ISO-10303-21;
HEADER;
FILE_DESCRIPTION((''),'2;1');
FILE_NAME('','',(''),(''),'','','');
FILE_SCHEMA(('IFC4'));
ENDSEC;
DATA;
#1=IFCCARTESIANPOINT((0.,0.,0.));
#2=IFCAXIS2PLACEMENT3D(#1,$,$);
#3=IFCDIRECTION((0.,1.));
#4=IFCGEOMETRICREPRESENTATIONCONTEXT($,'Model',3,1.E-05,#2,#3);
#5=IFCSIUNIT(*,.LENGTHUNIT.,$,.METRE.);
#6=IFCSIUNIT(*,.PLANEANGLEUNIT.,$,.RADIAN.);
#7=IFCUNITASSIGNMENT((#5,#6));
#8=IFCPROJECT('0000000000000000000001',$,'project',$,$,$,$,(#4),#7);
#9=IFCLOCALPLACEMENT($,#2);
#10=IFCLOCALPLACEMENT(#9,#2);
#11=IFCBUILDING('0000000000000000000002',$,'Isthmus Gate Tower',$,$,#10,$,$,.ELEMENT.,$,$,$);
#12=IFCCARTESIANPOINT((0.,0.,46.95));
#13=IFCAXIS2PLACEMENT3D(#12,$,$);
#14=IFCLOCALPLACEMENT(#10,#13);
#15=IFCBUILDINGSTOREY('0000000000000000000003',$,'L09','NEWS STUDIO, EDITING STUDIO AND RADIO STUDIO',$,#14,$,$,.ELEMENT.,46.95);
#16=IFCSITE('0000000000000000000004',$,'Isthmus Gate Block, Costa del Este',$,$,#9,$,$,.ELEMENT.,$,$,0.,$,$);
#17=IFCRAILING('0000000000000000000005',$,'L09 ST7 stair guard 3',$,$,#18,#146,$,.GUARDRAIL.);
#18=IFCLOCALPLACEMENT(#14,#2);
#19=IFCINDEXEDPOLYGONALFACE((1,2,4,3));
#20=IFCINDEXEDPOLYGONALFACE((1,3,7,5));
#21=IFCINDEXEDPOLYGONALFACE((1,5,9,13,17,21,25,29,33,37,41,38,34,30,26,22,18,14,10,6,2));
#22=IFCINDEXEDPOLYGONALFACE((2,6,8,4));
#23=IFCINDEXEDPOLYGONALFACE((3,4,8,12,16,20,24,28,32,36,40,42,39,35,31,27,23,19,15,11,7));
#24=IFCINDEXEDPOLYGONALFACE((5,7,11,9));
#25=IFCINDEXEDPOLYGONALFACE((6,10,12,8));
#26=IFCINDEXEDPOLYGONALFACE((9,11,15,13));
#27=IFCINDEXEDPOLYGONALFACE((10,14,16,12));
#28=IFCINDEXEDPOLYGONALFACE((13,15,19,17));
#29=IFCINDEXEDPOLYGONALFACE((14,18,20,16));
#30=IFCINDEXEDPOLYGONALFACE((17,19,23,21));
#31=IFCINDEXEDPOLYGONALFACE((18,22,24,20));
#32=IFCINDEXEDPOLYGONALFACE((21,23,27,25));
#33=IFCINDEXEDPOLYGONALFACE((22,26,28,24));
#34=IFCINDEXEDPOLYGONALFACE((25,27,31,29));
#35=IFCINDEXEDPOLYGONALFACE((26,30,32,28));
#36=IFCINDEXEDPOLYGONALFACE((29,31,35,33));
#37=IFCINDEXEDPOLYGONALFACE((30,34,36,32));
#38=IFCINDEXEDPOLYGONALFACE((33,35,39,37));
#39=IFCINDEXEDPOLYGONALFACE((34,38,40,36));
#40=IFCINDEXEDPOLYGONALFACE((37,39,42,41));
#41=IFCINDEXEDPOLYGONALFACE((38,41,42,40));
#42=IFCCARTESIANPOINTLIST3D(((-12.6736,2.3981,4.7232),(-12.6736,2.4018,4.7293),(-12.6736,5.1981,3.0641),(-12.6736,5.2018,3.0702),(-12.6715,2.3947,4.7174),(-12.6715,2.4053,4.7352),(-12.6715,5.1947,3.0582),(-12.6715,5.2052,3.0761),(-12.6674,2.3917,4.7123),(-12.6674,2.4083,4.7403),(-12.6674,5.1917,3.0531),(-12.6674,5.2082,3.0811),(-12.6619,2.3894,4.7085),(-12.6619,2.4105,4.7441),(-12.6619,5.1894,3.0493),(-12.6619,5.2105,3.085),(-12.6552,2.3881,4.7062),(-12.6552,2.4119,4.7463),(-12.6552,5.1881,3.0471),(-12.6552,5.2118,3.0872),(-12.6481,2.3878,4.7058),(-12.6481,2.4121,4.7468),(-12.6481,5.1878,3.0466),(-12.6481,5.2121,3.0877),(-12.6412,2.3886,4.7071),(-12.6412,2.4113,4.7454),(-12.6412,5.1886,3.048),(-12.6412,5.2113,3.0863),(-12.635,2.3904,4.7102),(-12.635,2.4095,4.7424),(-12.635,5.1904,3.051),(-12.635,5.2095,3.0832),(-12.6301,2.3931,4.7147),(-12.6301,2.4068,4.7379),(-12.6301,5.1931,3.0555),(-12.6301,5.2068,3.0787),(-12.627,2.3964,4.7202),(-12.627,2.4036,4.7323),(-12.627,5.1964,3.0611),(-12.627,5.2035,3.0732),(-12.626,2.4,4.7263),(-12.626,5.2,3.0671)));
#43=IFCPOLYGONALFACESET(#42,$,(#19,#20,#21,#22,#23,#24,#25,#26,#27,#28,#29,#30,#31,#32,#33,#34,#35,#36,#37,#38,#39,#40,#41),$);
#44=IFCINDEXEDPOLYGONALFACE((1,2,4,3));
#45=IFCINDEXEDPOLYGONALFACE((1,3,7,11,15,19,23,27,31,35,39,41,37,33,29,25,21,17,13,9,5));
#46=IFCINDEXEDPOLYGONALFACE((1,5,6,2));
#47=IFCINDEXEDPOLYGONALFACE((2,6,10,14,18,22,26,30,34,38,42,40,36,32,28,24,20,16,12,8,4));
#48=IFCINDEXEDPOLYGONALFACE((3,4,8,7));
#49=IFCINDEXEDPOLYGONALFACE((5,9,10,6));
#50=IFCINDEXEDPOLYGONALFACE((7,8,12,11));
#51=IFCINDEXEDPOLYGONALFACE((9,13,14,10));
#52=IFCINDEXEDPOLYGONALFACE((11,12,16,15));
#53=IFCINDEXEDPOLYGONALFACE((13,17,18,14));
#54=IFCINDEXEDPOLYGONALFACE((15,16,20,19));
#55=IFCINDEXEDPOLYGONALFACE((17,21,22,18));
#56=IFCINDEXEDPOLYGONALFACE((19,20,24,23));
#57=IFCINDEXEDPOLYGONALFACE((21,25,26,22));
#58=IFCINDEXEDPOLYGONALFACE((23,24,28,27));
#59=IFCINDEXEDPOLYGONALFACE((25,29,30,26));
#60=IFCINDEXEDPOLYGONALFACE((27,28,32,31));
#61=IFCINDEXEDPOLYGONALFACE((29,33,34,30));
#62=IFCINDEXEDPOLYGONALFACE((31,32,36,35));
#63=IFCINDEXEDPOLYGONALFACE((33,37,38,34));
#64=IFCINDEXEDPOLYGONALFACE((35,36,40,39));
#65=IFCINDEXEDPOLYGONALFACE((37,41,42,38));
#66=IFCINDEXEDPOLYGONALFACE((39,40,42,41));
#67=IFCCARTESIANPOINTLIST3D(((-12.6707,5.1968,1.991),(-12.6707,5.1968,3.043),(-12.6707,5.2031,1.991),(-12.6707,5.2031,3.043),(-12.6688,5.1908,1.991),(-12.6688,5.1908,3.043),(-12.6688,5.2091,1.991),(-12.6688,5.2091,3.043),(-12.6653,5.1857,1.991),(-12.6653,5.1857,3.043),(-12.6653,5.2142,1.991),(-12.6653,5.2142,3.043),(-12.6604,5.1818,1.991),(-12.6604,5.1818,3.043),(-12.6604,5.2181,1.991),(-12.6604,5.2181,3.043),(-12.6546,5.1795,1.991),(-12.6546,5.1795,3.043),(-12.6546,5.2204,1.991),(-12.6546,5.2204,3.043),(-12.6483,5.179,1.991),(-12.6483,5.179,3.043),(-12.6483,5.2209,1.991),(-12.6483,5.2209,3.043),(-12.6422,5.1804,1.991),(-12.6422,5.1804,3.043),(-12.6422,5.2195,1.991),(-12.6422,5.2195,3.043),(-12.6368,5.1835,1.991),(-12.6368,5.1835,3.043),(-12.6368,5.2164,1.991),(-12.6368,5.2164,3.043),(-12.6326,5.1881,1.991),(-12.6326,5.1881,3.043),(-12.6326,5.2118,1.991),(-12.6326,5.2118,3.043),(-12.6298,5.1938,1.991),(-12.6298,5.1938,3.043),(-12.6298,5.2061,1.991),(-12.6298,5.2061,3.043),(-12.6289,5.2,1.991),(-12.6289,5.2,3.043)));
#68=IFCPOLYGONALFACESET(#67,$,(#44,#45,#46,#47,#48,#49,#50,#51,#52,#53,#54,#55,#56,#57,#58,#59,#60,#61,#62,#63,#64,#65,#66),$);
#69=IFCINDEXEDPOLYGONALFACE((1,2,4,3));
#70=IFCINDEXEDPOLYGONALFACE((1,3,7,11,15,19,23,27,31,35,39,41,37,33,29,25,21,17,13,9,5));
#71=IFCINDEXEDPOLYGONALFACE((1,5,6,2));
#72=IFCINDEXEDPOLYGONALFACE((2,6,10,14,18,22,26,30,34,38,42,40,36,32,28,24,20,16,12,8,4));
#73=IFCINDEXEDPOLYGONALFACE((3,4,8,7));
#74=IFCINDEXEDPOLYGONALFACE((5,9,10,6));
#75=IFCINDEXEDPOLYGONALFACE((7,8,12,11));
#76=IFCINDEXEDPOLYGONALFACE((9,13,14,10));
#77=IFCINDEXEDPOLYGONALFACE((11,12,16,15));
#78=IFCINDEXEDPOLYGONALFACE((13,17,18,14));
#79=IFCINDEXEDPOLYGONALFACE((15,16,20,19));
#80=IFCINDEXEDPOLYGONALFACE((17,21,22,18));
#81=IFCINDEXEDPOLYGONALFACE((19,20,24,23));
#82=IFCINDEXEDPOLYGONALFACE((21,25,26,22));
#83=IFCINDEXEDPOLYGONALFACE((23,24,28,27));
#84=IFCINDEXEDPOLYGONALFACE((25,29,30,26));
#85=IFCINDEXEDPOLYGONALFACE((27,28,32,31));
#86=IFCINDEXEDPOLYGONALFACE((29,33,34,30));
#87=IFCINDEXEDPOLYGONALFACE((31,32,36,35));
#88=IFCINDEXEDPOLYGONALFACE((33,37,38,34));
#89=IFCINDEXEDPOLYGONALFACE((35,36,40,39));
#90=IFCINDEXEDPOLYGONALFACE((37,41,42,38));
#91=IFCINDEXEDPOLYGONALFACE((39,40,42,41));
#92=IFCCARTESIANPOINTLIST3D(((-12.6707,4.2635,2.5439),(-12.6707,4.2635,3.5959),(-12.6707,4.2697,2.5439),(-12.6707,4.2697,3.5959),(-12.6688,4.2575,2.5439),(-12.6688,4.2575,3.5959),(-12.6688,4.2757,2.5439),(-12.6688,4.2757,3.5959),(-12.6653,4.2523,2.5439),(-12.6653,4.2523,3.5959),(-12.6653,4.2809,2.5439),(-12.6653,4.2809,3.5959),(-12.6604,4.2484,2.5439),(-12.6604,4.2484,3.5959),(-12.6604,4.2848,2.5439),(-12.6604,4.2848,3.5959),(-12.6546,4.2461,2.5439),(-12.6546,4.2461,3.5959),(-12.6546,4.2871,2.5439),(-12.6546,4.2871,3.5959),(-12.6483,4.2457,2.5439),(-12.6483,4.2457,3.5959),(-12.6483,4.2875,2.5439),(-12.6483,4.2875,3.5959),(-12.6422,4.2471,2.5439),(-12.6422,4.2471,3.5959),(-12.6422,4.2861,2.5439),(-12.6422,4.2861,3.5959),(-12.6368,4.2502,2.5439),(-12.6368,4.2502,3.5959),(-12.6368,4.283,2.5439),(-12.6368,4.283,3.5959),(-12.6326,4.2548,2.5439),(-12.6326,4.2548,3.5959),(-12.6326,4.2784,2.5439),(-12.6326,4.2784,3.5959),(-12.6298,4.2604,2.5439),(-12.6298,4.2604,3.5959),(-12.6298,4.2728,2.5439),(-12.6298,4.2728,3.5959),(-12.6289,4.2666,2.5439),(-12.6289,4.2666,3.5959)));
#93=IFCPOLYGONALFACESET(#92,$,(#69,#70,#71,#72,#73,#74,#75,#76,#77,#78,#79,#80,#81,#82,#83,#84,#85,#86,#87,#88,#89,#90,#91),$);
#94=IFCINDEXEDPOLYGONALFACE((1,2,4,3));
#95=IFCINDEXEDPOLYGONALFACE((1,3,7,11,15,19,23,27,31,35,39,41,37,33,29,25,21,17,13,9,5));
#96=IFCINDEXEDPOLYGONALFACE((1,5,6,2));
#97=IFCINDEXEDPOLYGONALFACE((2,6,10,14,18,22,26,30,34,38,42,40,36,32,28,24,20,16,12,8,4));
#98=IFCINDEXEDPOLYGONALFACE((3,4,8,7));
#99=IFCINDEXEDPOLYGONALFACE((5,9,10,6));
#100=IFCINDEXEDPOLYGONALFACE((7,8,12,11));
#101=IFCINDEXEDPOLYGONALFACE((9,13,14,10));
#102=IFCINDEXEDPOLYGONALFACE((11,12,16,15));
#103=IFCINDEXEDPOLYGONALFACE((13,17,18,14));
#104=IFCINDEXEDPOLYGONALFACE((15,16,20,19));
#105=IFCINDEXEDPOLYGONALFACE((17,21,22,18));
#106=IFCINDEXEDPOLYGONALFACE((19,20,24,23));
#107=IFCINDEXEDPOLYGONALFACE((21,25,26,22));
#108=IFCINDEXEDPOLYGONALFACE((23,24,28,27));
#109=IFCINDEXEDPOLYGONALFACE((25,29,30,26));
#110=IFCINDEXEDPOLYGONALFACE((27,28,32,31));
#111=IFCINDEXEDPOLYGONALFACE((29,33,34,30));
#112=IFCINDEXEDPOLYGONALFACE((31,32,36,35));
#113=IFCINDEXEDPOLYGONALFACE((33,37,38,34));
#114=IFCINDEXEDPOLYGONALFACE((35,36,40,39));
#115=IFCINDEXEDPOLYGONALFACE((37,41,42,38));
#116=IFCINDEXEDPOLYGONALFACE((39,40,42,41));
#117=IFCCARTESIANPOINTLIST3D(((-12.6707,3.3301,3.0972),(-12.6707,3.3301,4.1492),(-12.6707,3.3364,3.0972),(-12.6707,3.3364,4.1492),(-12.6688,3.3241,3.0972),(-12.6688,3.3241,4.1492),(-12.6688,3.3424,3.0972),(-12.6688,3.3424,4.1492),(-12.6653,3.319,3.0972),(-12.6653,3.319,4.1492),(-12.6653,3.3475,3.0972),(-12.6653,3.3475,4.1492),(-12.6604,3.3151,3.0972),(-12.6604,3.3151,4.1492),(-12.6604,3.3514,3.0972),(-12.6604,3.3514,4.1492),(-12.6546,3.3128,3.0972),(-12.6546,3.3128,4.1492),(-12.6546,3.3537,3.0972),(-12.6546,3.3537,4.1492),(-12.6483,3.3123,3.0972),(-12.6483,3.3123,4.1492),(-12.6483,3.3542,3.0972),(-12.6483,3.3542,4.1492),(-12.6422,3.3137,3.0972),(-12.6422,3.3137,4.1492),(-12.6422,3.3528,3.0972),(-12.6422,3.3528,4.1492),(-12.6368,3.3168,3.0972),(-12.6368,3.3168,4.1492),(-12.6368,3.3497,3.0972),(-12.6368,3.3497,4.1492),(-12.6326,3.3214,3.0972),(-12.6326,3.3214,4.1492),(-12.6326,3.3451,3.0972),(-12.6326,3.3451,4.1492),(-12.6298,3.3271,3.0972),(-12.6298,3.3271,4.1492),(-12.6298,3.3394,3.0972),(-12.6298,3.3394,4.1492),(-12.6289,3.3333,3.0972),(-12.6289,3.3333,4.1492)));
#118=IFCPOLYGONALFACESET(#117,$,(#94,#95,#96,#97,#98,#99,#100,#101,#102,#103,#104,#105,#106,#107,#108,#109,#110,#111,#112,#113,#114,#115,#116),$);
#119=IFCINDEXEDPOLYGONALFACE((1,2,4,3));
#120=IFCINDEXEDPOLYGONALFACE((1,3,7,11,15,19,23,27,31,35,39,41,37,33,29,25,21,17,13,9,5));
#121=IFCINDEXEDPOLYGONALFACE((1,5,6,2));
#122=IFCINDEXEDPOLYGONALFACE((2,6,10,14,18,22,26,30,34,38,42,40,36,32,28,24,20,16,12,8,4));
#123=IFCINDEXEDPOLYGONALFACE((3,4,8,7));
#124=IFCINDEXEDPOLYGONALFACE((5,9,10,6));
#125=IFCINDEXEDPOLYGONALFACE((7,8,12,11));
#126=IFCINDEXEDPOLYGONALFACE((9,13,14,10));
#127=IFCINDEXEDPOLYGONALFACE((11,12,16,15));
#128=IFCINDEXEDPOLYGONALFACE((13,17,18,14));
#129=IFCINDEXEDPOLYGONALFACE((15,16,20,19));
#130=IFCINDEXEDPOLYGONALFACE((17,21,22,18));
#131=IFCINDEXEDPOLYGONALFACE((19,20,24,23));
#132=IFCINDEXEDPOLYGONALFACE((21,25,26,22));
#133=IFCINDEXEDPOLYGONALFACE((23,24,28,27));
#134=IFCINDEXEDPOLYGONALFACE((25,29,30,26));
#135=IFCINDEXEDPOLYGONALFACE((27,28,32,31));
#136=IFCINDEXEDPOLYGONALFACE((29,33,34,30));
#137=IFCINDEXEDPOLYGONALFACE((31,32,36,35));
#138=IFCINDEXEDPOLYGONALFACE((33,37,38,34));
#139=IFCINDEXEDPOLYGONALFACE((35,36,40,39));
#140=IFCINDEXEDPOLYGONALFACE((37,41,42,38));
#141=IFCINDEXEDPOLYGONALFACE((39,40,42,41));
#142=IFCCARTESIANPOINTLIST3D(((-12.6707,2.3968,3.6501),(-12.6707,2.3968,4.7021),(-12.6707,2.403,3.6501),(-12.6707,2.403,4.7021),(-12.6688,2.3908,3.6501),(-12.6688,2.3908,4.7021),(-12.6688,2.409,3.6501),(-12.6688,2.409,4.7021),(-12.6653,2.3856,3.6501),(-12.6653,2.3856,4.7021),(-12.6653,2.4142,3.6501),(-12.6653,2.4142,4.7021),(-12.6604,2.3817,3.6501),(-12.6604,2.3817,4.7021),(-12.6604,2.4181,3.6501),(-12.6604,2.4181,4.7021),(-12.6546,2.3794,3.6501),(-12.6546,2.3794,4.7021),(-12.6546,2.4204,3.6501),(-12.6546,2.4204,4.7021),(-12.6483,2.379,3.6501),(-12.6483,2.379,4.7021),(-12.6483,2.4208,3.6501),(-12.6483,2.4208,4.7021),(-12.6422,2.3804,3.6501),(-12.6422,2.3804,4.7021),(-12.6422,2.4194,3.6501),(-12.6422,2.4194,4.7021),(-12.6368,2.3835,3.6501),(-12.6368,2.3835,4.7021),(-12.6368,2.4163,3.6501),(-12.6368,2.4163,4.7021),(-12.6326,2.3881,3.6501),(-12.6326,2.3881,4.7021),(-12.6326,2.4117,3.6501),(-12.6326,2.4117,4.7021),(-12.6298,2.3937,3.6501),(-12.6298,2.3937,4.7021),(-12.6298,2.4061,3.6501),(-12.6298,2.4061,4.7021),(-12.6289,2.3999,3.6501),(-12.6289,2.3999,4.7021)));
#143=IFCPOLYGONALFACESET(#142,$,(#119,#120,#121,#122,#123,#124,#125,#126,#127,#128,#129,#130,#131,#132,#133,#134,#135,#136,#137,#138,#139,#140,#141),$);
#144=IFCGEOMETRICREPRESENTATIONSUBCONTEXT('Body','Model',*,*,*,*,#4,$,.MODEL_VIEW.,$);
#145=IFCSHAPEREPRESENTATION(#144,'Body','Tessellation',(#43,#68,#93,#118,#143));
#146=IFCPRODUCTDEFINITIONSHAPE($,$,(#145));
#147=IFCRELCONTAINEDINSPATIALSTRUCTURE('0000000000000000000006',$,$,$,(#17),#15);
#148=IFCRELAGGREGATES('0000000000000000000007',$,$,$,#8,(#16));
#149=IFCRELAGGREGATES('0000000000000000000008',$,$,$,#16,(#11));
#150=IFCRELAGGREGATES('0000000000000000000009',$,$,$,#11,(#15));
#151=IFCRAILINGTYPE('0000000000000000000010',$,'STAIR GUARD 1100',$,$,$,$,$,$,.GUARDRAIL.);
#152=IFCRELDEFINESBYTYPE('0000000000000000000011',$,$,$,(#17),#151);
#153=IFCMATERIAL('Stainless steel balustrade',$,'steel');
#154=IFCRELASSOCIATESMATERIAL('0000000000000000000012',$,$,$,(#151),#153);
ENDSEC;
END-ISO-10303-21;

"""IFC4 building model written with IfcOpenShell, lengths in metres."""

from ifc_helpers import new_model, si_unit, direction, frame, origin, origin_2d, place, context, subcontext, project, spatial, circle, extrude, material, type_object, element, save


model = new_model("IFC4")

# Units and contexts
model_context = context("Model", 3, precision=1e-05, world=origin(), true_north=direction((0.0, 1.0)))
body_context = subcontext(model_context, "Body", "Model", "MODEL_VIEW")
ifc_project = project(units=[si_unit("LENGTHUNIT", "METRE"), si_unit("PLANEANGLEUNIT", "RADIAN")], contexts=[model_context])

# Site, building, storey
site_placement = place(None, origin())
site = spatial("IfcSite", under=ifc_project, at=site_placement, Name="Isthmus Gate Block, Costa del Este", CompositionType="ELEMENT", RefElevation=0.0)
building_placement = place(site_placement, origin())
building = spatial("IfcBuilding", under=site, at=building_placement, Name="Isthmus Gate Tower", CompositionType="ELEMENT")
storey_placement = place(building_placement, frame((0.0, 0.0, 46.95)))
storey = spatial("IfcBuildingStorey", under=building, at=storey_placement, Name="L09", Description="NEWS STUDIO, EDITING STUDIO AND RADIO STUDIO", CompositionType="ELEMENT", Elevation=46.95)

# Railing
ifc_material_1 = material(Name="Stainless steel balustrade", Category="steel")
railing_type_1 = type_object("IfcRailingType", Name="STAIR GUARD 1100", PredefinedType="GUARDRAIL", material=ifc_material_1)
railing_1_placement = place(storey_placement, frame((-12.6499, 5.2, 1.991)))
element("IfcRailing", 1, at=railing_1_placement, inside=storey, type_object=railing_type_1, Name="L09 ST7 stair guard 3", PredefinedType="GUARDRAIL", context=body_context, shape_type="SweptSolid", body=[
    extrude(circle(Radius=0.0239, at=origin_2d()), frame((0.0, 0.0, 1.0762), z_axis=(0.0, -0.860306, 0.509778), x_axis=(1.0, 0.0, 0.0)), (0.0, 0.0, 1.0), 3.2546),
    extrude(circle(Radius=0.021, at=origin_2d()), origin(), (0.0, 0.0, 1.0), 1.052),
    extrude(circle(Radius=0.021, at=origin_2d()), frame((0.0, -0.9333, 0.553)), (0.0, 0.0, 1.0), 1.052),
    extrude(circle(Radius=0.021, at=origin_2d()), frame((0.0, -1.8667, 1.1062)), (0.0, 0.0, 1.0), 1.052),
    extrude(circle(Radius=0.021, at=origin_2d()), frame((0.0, -2.8, 1.6592)), (0.0, 0.0, 1.0), 1.052),
])

save(model, "model.ifc")
